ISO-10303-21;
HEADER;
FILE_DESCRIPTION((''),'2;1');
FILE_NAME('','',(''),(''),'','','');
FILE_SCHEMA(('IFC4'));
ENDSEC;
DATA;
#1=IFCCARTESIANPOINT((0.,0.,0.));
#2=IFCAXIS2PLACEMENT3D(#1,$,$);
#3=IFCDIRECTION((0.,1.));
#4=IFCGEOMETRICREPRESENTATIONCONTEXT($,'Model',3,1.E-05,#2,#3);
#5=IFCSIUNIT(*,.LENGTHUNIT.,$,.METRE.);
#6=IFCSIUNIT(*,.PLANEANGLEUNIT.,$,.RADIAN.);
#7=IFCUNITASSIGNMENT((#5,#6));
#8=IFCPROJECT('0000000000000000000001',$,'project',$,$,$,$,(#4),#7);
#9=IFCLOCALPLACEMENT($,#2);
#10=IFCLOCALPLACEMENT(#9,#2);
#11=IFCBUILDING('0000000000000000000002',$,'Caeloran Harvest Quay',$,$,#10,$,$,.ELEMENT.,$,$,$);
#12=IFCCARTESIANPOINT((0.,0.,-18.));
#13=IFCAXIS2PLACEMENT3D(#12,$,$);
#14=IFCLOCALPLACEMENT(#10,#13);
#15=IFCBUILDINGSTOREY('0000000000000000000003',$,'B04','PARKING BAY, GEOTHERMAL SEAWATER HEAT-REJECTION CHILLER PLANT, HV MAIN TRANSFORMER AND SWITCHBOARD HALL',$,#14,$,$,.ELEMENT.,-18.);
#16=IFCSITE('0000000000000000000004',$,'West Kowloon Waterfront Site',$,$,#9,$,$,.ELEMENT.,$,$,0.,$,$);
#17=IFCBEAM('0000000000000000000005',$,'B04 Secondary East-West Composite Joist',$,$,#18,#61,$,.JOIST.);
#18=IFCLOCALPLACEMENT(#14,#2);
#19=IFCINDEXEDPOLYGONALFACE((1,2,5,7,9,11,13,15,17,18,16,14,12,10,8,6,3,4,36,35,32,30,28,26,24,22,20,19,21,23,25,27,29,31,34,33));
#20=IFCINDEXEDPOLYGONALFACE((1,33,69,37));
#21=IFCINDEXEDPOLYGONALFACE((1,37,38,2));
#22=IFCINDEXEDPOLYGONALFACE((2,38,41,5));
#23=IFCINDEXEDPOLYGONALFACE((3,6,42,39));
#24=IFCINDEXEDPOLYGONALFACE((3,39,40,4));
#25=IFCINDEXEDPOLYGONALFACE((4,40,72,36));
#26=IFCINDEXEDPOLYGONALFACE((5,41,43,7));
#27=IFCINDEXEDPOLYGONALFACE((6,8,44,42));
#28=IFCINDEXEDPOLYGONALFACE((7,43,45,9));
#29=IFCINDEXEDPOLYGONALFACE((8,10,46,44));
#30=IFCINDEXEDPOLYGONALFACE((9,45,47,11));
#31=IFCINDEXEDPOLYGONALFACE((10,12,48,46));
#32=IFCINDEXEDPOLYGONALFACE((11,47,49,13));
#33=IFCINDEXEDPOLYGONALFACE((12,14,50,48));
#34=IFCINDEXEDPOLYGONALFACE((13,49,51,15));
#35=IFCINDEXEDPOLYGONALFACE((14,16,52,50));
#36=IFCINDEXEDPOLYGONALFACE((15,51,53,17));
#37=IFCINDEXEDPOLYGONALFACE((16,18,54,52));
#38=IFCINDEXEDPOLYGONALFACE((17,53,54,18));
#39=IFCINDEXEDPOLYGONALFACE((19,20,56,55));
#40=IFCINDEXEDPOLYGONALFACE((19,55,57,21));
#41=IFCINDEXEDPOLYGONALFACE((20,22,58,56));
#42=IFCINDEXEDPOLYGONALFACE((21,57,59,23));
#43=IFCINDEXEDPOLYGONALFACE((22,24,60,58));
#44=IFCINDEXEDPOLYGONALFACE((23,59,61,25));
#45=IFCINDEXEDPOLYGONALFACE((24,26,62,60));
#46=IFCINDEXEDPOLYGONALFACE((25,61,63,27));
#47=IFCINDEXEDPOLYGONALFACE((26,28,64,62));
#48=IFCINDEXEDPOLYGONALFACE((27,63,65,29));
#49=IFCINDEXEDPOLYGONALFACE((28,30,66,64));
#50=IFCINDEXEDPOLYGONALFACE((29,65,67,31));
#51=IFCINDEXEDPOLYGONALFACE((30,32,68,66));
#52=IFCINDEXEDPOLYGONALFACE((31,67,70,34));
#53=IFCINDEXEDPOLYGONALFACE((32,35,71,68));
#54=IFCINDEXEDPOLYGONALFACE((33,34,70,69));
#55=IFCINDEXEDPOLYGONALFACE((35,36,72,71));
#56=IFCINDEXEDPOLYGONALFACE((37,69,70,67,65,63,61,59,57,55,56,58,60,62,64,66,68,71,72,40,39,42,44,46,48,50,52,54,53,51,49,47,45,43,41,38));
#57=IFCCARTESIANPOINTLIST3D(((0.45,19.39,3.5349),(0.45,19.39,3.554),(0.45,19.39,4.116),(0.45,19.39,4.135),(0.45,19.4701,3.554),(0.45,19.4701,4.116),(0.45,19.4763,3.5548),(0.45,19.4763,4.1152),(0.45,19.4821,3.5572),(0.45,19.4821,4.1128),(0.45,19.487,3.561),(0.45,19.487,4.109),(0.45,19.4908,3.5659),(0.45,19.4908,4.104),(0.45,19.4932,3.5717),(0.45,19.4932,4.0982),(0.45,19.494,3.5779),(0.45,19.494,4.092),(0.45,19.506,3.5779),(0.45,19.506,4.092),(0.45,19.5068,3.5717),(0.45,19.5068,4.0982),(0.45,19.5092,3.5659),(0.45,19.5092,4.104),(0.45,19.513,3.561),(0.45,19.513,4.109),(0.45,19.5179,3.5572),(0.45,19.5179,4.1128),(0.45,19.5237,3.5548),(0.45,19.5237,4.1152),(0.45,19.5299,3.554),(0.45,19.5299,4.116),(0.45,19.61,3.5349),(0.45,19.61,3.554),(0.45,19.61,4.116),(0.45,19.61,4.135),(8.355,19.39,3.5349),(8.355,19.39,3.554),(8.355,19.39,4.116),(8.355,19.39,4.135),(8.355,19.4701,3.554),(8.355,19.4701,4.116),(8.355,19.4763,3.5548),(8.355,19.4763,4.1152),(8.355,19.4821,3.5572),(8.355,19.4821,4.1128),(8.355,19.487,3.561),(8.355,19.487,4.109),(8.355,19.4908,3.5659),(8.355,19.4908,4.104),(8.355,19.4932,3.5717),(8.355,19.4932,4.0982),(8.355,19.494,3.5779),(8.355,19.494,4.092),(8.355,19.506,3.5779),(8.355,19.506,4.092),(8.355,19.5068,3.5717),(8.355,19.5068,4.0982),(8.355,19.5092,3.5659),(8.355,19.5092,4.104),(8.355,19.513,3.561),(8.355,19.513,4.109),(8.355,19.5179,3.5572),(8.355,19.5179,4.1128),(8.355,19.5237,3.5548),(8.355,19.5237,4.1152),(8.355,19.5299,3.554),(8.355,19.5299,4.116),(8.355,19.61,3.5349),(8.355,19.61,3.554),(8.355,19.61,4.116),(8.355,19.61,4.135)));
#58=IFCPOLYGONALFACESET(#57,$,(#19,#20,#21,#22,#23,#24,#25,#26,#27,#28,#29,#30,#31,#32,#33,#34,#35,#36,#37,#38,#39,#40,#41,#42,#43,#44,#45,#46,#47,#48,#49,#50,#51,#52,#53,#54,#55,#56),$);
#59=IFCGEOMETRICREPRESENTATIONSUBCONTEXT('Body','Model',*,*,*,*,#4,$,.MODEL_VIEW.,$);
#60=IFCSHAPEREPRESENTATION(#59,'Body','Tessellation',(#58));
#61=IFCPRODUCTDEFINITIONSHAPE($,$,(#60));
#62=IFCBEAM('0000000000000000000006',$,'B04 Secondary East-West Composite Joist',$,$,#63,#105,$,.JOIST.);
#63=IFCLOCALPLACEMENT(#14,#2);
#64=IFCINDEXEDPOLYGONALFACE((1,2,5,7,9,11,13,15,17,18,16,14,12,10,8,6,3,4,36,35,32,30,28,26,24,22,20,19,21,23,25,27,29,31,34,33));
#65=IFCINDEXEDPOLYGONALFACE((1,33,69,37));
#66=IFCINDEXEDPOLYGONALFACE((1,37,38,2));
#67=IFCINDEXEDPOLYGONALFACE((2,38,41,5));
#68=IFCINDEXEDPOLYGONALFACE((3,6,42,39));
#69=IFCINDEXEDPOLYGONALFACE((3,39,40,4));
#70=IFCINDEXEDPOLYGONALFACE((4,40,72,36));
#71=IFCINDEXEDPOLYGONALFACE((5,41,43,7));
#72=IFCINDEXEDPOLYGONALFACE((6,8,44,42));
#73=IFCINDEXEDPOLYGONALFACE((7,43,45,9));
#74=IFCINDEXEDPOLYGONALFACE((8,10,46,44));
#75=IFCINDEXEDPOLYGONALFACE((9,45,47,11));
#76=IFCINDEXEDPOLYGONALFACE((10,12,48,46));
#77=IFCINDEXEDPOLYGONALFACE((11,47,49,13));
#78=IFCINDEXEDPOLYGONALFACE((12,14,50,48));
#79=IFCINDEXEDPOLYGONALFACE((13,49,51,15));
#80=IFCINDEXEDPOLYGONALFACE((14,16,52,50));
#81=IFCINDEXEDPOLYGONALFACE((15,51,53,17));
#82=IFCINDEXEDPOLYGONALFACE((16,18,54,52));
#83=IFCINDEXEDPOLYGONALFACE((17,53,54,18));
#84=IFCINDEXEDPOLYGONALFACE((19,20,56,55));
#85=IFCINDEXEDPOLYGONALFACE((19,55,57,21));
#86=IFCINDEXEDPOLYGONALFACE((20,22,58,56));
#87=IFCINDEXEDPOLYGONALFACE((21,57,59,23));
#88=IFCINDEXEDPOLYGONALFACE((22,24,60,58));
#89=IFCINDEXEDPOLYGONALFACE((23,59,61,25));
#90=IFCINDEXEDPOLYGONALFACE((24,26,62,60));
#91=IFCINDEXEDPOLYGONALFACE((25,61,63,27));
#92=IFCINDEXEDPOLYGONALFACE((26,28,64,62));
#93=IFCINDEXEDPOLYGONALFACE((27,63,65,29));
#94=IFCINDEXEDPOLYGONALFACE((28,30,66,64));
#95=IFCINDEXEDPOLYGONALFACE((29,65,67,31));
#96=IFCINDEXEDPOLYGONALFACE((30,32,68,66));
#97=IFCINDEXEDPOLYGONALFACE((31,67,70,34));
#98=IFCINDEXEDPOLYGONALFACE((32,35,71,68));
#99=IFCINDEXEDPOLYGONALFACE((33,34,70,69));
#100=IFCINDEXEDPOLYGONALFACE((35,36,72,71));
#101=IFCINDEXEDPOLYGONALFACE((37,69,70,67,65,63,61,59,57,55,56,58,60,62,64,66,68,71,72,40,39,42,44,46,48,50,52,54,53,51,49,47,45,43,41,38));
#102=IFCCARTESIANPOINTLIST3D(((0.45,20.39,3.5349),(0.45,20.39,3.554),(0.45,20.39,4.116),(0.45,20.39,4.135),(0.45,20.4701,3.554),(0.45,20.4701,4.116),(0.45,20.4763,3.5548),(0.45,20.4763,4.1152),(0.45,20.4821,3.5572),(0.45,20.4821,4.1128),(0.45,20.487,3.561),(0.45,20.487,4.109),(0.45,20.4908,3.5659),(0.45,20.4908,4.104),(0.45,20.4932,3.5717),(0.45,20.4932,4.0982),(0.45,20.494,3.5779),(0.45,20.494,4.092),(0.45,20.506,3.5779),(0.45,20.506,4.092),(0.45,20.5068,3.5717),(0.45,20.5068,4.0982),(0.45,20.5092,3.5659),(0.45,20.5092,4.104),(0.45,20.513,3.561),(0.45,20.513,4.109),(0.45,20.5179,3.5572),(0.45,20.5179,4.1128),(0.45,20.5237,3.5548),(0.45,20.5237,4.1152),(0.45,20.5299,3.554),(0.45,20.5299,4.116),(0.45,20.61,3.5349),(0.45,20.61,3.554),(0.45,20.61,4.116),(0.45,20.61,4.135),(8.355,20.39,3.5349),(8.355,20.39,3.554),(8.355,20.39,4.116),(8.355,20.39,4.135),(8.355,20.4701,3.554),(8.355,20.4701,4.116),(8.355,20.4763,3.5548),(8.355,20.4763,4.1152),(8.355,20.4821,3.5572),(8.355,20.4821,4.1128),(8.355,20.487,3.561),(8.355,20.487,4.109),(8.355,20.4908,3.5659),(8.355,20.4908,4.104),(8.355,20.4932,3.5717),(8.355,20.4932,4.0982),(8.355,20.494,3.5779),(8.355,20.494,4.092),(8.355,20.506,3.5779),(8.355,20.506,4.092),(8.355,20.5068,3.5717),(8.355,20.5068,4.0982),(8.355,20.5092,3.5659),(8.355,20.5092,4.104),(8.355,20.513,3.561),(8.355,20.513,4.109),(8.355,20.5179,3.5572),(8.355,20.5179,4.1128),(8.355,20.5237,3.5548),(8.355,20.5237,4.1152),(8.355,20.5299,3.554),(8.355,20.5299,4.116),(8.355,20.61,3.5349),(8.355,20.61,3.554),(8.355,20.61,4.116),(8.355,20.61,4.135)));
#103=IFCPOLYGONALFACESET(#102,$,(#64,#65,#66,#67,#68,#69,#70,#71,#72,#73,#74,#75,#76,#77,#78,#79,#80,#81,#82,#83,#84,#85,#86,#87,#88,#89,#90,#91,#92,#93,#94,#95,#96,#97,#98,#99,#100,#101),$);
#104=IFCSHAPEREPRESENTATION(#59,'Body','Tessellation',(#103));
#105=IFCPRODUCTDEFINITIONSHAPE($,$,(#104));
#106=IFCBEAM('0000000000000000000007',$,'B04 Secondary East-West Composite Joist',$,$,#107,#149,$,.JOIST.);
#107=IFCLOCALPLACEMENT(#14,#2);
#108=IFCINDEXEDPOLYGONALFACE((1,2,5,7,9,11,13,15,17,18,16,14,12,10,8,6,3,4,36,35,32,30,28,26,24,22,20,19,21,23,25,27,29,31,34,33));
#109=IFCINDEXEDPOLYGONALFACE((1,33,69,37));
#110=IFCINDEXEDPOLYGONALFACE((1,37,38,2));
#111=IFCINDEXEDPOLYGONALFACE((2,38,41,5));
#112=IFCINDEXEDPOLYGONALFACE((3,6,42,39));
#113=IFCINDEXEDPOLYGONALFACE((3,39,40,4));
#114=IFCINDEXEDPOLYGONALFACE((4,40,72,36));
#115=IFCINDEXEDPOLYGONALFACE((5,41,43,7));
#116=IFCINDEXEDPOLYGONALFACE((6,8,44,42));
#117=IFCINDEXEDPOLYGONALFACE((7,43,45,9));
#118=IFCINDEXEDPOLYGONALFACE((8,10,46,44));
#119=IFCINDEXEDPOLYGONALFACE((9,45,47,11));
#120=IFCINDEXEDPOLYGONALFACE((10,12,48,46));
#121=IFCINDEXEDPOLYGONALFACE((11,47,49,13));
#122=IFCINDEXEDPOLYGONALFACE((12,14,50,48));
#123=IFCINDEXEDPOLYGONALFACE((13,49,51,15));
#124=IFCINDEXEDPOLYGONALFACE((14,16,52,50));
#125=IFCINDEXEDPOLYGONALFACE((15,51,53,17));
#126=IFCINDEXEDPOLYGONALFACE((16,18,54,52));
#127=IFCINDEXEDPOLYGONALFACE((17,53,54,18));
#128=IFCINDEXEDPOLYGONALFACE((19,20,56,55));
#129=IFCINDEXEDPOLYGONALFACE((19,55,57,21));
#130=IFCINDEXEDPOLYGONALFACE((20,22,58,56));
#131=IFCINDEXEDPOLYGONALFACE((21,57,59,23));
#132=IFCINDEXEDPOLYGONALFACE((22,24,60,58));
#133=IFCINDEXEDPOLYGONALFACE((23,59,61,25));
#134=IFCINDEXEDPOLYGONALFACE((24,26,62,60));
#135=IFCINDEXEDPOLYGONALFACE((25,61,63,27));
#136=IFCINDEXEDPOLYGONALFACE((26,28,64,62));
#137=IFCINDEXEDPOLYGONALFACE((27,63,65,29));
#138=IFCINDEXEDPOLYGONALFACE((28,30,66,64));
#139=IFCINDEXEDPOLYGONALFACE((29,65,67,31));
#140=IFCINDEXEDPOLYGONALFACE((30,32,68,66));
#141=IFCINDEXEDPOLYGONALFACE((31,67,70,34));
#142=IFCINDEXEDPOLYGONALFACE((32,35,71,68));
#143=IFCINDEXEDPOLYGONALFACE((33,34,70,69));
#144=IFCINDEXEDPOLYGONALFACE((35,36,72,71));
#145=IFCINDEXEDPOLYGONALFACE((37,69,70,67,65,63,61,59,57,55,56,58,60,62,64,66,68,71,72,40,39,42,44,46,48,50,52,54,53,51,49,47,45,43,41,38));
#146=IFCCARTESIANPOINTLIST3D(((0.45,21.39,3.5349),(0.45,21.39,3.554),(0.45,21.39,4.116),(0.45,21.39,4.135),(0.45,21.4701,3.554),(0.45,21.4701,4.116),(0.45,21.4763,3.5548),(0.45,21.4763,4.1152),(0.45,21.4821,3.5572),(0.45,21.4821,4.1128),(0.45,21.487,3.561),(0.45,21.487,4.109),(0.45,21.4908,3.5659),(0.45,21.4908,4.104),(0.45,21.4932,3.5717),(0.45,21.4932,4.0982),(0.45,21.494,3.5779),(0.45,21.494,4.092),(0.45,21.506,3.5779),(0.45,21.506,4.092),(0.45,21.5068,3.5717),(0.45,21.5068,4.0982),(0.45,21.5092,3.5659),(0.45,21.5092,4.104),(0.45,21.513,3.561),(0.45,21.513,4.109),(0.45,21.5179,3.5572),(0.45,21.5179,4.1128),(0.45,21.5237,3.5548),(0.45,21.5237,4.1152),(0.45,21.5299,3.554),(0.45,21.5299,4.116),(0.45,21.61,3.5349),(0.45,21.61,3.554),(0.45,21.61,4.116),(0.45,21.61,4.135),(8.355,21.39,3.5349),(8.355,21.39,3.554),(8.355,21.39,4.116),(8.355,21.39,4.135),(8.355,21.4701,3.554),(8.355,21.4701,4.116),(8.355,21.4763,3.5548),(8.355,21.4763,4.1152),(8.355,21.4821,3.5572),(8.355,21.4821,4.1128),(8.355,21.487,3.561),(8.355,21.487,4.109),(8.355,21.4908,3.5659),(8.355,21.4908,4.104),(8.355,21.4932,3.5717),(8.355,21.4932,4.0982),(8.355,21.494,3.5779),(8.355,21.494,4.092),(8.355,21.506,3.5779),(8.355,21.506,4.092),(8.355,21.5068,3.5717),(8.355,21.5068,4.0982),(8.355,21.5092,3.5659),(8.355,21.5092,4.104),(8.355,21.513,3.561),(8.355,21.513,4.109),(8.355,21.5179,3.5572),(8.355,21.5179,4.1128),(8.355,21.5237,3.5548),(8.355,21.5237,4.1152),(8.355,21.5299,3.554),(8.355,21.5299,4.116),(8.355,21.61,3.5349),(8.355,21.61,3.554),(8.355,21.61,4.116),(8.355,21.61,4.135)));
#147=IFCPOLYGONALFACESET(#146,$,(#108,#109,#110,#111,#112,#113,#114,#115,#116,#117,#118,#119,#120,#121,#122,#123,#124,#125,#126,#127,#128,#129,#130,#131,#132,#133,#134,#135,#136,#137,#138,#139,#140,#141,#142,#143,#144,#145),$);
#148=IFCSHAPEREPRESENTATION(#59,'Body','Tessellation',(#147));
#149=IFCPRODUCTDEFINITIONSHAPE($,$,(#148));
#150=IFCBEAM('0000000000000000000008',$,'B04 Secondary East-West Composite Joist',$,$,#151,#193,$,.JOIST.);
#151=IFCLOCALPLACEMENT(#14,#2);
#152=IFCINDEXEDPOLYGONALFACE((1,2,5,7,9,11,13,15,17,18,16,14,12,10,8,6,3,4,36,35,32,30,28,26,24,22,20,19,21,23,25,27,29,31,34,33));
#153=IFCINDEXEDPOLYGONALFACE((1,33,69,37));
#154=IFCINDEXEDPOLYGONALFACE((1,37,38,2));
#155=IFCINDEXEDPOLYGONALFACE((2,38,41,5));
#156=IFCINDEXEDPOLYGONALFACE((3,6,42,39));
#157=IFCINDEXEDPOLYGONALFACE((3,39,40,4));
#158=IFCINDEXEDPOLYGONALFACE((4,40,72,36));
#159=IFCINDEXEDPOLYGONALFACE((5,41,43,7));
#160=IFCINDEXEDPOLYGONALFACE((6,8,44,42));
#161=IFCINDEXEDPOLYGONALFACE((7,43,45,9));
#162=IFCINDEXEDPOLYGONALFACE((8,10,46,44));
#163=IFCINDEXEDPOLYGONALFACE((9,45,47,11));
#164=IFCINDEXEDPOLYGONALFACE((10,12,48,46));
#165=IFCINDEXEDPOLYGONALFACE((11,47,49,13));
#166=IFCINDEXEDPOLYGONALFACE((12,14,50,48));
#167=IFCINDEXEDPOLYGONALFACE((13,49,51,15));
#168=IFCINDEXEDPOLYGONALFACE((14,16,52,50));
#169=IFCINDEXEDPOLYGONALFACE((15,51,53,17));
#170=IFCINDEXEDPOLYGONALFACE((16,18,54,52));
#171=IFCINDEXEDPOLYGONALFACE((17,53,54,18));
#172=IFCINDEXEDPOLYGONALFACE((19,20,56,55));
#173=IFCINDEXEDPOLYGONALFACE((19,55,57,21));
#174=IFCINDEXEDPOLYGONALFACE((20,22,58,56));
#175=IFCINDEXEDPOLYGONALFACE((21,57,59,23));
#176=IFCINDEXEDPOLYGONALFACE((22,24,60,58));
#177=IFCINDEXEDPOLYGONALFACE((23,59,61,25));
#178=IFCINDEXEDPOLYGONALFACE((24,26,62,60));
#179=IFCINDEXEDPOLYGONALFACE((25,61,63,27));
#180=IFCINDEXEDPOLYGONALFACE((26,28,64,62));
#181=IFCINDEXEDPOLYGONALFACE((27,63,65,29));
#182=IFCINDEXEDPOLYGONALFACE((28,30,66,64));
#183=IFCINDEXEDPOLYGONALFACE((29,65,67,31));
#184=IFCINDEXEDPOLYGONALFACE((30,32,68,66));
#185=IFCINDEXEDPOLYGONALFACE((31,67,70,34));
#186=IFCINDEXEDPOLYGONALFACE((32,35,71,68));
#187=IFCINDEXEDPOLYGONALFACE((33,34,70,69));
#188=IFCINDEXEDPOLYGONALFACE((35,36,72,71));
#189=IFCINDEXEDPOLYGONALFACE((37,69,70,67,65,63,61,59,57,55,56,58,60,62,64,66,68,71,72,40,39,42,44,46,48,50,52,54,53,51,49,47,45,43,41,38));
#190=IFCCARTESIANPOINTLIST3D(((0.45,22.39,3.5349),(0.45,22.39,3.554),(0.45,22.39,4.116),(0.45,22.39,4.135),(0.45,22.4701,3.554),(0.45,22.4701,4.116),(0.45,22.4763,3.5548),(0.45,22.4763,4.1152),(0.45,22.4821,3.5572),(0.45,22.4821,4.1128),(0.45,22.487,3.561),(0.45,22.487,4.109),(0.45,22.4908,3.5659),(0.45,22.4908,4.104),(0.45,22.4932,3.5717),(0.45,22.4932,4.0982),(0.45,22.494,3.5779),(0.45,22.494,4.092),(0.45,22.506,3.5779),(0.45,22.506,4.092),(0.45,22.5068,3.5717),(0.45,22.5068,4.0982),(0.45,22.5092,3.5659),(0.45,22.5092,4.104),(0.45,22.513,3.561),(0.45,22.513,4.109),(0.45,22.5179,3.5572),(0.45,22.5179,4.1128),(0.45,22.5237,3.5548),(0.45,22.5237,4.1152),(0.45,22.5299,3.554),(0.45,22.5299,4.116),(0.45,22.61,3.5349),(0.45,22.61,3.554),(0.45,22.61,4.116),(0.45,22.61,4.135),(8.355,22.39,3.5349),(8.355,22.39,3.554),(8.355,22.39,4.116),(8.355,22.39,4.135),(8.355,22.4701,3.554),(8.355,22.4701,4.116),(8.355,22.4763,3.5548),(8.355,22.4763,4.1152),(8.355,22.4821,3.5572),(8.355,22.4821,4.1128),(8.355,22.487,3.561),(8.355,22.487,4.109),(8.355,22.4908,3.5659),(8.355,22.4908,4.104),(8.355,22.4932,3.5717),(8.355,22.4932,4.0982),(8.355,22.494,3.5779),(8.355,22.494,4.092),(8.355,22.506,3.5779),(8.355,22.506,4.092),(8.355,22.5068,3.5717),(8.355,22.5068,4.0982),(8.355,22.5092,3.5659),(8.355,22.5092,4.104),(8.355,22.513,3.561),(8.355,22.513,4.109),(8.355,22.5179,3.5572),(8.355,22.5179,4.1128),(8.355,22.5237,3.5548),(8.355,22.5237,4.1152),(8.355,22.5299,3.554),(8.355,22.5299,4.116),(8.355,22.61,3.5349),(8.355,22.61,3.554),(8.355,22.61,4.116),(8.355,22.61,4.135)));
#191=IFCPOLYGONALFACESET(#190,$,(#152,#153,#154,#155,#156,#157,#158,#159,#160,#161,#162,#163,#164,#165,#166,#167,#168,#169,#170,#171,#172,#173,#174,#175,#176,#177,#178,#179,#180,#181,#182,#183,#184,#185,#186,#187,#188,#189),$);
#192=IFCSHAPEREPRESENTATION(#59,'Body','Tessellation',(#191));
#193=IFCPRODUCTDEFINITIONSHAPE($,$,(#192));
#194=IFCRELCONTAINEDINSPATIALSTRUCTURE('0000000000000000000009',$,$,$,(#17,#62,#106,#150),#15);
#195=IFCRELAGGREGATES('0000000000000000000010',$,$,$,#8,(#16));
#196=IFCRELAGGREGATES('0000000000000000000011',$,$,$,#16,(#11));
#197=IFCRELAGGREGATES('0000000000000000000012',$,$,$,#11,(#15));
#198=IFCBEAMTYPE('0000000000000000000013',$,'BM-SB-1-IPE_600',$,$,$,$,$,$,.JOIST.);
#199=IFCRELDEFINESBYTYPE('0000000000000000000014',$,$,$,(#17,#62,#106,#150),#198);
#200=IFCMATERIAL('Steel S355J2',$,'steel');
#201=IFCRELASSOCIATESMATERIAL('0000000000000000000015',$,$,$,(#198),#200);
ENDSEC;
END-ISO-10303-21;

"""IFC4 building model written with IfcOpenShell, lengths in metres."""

from ifc_helpers import new_model, si_unit, direction, frame, origin, origin_2d, place, context, subcontext, project, spatial, i_section, extrude, material, material_profile, profile_set, type_object, element, save


model = new_model("IFC4")

# Units and contexts
model_context = context("Model", 3, precision=1e-05, world=origin(), true_north=direction((0.0, 1.0)))
body_context = subcontext(model_context, "Body", "Model", "MODEL_VIEW")
ifc_project = project(units=[si_unit("LENGTHUNIT", "METRE"), si_unit("PLANEANGLEUNIT", "RADIAN")], contexts=[model_context])

# Site, building, storey
site_placement = place(None, origin())
site = spatial("IfcSite", under=ifc_project, at=site_placement, Name="West Kowloon Waterfront Site", CompositionType="ELEMENT", RefElevation=0.0)
building_placement = place(site_placement, origin())
building = spatial("IfcBuilding", under=site, at=building_placement, Name="Caeloran Harvest Quay", CompositionType="ELEMENT")
storey_placement = place(building_placement, frame((0.0, 0.0, -18.0)))
storey = spatial("IfcBuildingStorey", under=building, at=storey_placement, Name="B04", Description="PARKING BAY, GEOTHERMAL SEAWATER HEAT-REJECTION CHILLER PLANT, HV MAIN TRANSFORMER AND SWITCHBOARD HALL", CompositionType="ELEMENT", Elevation=-18.0)

# Beams
ifc_material_1 = material(Name="Steel S355J2", Category="steel")
ifc_material_profile_1 = material_profile(ifc_material_1, i_section(OverallWidth=0.22, OverallDepth=0.6001, WebThickness=0.012, FlangeThickness=0.019, FilletRadius=0.0239, at=origin_2d()), Name="IPE 600")
ifc_profile_set_1 = profile_set([ifc_material_profile_1], Name="Steel S355J2")
beam_type_1 = type_object("IfcBeamType", Name="BM-SB-1-IPE_600", PredefinedType="JOIST", material=ifc_profile_set_1)
for number, where, z_axis, x_axis, name in (
    (1, (0.45, 19.5, 3.835), (1.0, 0.0, 0.0), (0.0, 1.0, 0.0), "B04 Secondary East-West Composite Joist"),
    (2, (0.45, 20.5, 3.835), (1.0, 0.0, 0.0), (0.0, 1.0, 0.0), "B04 Secondary East-West Composite Joist"),
    (3, (0.45, 21.5, 3.835), (1.0, 0.0, 0.0), (0.0, 1.0, 0.0), "B04 Secondary East-West Composite Joist"),
    (4, (0.45, 22.5, 3.835), (1.0, 0.0, 0.0), (0.0, 1.0, 0.0), "B04 Secondary East-West Composite Joist"),
):
    element("IfcBeam", number, at=place(storey_placement, frame(where, z_axis=z_axis, x_axis=x_axis)), inside=storey, type_object=beam_type_1, Name=name, PredefinedType="JOIST", context=body_context, shape_type="SweptSolid", body=[
        extrude(i_section(OverallWidth=0.22, OverallDepth=0.6001, WebThickness=0.012, FlangeThickness=0.019, FilletRadius=0.0239, at=origin_2d()), origin(), (0.0, 0.0, 1.0), 7.905),
    ])

save(model, "model.ifc")
